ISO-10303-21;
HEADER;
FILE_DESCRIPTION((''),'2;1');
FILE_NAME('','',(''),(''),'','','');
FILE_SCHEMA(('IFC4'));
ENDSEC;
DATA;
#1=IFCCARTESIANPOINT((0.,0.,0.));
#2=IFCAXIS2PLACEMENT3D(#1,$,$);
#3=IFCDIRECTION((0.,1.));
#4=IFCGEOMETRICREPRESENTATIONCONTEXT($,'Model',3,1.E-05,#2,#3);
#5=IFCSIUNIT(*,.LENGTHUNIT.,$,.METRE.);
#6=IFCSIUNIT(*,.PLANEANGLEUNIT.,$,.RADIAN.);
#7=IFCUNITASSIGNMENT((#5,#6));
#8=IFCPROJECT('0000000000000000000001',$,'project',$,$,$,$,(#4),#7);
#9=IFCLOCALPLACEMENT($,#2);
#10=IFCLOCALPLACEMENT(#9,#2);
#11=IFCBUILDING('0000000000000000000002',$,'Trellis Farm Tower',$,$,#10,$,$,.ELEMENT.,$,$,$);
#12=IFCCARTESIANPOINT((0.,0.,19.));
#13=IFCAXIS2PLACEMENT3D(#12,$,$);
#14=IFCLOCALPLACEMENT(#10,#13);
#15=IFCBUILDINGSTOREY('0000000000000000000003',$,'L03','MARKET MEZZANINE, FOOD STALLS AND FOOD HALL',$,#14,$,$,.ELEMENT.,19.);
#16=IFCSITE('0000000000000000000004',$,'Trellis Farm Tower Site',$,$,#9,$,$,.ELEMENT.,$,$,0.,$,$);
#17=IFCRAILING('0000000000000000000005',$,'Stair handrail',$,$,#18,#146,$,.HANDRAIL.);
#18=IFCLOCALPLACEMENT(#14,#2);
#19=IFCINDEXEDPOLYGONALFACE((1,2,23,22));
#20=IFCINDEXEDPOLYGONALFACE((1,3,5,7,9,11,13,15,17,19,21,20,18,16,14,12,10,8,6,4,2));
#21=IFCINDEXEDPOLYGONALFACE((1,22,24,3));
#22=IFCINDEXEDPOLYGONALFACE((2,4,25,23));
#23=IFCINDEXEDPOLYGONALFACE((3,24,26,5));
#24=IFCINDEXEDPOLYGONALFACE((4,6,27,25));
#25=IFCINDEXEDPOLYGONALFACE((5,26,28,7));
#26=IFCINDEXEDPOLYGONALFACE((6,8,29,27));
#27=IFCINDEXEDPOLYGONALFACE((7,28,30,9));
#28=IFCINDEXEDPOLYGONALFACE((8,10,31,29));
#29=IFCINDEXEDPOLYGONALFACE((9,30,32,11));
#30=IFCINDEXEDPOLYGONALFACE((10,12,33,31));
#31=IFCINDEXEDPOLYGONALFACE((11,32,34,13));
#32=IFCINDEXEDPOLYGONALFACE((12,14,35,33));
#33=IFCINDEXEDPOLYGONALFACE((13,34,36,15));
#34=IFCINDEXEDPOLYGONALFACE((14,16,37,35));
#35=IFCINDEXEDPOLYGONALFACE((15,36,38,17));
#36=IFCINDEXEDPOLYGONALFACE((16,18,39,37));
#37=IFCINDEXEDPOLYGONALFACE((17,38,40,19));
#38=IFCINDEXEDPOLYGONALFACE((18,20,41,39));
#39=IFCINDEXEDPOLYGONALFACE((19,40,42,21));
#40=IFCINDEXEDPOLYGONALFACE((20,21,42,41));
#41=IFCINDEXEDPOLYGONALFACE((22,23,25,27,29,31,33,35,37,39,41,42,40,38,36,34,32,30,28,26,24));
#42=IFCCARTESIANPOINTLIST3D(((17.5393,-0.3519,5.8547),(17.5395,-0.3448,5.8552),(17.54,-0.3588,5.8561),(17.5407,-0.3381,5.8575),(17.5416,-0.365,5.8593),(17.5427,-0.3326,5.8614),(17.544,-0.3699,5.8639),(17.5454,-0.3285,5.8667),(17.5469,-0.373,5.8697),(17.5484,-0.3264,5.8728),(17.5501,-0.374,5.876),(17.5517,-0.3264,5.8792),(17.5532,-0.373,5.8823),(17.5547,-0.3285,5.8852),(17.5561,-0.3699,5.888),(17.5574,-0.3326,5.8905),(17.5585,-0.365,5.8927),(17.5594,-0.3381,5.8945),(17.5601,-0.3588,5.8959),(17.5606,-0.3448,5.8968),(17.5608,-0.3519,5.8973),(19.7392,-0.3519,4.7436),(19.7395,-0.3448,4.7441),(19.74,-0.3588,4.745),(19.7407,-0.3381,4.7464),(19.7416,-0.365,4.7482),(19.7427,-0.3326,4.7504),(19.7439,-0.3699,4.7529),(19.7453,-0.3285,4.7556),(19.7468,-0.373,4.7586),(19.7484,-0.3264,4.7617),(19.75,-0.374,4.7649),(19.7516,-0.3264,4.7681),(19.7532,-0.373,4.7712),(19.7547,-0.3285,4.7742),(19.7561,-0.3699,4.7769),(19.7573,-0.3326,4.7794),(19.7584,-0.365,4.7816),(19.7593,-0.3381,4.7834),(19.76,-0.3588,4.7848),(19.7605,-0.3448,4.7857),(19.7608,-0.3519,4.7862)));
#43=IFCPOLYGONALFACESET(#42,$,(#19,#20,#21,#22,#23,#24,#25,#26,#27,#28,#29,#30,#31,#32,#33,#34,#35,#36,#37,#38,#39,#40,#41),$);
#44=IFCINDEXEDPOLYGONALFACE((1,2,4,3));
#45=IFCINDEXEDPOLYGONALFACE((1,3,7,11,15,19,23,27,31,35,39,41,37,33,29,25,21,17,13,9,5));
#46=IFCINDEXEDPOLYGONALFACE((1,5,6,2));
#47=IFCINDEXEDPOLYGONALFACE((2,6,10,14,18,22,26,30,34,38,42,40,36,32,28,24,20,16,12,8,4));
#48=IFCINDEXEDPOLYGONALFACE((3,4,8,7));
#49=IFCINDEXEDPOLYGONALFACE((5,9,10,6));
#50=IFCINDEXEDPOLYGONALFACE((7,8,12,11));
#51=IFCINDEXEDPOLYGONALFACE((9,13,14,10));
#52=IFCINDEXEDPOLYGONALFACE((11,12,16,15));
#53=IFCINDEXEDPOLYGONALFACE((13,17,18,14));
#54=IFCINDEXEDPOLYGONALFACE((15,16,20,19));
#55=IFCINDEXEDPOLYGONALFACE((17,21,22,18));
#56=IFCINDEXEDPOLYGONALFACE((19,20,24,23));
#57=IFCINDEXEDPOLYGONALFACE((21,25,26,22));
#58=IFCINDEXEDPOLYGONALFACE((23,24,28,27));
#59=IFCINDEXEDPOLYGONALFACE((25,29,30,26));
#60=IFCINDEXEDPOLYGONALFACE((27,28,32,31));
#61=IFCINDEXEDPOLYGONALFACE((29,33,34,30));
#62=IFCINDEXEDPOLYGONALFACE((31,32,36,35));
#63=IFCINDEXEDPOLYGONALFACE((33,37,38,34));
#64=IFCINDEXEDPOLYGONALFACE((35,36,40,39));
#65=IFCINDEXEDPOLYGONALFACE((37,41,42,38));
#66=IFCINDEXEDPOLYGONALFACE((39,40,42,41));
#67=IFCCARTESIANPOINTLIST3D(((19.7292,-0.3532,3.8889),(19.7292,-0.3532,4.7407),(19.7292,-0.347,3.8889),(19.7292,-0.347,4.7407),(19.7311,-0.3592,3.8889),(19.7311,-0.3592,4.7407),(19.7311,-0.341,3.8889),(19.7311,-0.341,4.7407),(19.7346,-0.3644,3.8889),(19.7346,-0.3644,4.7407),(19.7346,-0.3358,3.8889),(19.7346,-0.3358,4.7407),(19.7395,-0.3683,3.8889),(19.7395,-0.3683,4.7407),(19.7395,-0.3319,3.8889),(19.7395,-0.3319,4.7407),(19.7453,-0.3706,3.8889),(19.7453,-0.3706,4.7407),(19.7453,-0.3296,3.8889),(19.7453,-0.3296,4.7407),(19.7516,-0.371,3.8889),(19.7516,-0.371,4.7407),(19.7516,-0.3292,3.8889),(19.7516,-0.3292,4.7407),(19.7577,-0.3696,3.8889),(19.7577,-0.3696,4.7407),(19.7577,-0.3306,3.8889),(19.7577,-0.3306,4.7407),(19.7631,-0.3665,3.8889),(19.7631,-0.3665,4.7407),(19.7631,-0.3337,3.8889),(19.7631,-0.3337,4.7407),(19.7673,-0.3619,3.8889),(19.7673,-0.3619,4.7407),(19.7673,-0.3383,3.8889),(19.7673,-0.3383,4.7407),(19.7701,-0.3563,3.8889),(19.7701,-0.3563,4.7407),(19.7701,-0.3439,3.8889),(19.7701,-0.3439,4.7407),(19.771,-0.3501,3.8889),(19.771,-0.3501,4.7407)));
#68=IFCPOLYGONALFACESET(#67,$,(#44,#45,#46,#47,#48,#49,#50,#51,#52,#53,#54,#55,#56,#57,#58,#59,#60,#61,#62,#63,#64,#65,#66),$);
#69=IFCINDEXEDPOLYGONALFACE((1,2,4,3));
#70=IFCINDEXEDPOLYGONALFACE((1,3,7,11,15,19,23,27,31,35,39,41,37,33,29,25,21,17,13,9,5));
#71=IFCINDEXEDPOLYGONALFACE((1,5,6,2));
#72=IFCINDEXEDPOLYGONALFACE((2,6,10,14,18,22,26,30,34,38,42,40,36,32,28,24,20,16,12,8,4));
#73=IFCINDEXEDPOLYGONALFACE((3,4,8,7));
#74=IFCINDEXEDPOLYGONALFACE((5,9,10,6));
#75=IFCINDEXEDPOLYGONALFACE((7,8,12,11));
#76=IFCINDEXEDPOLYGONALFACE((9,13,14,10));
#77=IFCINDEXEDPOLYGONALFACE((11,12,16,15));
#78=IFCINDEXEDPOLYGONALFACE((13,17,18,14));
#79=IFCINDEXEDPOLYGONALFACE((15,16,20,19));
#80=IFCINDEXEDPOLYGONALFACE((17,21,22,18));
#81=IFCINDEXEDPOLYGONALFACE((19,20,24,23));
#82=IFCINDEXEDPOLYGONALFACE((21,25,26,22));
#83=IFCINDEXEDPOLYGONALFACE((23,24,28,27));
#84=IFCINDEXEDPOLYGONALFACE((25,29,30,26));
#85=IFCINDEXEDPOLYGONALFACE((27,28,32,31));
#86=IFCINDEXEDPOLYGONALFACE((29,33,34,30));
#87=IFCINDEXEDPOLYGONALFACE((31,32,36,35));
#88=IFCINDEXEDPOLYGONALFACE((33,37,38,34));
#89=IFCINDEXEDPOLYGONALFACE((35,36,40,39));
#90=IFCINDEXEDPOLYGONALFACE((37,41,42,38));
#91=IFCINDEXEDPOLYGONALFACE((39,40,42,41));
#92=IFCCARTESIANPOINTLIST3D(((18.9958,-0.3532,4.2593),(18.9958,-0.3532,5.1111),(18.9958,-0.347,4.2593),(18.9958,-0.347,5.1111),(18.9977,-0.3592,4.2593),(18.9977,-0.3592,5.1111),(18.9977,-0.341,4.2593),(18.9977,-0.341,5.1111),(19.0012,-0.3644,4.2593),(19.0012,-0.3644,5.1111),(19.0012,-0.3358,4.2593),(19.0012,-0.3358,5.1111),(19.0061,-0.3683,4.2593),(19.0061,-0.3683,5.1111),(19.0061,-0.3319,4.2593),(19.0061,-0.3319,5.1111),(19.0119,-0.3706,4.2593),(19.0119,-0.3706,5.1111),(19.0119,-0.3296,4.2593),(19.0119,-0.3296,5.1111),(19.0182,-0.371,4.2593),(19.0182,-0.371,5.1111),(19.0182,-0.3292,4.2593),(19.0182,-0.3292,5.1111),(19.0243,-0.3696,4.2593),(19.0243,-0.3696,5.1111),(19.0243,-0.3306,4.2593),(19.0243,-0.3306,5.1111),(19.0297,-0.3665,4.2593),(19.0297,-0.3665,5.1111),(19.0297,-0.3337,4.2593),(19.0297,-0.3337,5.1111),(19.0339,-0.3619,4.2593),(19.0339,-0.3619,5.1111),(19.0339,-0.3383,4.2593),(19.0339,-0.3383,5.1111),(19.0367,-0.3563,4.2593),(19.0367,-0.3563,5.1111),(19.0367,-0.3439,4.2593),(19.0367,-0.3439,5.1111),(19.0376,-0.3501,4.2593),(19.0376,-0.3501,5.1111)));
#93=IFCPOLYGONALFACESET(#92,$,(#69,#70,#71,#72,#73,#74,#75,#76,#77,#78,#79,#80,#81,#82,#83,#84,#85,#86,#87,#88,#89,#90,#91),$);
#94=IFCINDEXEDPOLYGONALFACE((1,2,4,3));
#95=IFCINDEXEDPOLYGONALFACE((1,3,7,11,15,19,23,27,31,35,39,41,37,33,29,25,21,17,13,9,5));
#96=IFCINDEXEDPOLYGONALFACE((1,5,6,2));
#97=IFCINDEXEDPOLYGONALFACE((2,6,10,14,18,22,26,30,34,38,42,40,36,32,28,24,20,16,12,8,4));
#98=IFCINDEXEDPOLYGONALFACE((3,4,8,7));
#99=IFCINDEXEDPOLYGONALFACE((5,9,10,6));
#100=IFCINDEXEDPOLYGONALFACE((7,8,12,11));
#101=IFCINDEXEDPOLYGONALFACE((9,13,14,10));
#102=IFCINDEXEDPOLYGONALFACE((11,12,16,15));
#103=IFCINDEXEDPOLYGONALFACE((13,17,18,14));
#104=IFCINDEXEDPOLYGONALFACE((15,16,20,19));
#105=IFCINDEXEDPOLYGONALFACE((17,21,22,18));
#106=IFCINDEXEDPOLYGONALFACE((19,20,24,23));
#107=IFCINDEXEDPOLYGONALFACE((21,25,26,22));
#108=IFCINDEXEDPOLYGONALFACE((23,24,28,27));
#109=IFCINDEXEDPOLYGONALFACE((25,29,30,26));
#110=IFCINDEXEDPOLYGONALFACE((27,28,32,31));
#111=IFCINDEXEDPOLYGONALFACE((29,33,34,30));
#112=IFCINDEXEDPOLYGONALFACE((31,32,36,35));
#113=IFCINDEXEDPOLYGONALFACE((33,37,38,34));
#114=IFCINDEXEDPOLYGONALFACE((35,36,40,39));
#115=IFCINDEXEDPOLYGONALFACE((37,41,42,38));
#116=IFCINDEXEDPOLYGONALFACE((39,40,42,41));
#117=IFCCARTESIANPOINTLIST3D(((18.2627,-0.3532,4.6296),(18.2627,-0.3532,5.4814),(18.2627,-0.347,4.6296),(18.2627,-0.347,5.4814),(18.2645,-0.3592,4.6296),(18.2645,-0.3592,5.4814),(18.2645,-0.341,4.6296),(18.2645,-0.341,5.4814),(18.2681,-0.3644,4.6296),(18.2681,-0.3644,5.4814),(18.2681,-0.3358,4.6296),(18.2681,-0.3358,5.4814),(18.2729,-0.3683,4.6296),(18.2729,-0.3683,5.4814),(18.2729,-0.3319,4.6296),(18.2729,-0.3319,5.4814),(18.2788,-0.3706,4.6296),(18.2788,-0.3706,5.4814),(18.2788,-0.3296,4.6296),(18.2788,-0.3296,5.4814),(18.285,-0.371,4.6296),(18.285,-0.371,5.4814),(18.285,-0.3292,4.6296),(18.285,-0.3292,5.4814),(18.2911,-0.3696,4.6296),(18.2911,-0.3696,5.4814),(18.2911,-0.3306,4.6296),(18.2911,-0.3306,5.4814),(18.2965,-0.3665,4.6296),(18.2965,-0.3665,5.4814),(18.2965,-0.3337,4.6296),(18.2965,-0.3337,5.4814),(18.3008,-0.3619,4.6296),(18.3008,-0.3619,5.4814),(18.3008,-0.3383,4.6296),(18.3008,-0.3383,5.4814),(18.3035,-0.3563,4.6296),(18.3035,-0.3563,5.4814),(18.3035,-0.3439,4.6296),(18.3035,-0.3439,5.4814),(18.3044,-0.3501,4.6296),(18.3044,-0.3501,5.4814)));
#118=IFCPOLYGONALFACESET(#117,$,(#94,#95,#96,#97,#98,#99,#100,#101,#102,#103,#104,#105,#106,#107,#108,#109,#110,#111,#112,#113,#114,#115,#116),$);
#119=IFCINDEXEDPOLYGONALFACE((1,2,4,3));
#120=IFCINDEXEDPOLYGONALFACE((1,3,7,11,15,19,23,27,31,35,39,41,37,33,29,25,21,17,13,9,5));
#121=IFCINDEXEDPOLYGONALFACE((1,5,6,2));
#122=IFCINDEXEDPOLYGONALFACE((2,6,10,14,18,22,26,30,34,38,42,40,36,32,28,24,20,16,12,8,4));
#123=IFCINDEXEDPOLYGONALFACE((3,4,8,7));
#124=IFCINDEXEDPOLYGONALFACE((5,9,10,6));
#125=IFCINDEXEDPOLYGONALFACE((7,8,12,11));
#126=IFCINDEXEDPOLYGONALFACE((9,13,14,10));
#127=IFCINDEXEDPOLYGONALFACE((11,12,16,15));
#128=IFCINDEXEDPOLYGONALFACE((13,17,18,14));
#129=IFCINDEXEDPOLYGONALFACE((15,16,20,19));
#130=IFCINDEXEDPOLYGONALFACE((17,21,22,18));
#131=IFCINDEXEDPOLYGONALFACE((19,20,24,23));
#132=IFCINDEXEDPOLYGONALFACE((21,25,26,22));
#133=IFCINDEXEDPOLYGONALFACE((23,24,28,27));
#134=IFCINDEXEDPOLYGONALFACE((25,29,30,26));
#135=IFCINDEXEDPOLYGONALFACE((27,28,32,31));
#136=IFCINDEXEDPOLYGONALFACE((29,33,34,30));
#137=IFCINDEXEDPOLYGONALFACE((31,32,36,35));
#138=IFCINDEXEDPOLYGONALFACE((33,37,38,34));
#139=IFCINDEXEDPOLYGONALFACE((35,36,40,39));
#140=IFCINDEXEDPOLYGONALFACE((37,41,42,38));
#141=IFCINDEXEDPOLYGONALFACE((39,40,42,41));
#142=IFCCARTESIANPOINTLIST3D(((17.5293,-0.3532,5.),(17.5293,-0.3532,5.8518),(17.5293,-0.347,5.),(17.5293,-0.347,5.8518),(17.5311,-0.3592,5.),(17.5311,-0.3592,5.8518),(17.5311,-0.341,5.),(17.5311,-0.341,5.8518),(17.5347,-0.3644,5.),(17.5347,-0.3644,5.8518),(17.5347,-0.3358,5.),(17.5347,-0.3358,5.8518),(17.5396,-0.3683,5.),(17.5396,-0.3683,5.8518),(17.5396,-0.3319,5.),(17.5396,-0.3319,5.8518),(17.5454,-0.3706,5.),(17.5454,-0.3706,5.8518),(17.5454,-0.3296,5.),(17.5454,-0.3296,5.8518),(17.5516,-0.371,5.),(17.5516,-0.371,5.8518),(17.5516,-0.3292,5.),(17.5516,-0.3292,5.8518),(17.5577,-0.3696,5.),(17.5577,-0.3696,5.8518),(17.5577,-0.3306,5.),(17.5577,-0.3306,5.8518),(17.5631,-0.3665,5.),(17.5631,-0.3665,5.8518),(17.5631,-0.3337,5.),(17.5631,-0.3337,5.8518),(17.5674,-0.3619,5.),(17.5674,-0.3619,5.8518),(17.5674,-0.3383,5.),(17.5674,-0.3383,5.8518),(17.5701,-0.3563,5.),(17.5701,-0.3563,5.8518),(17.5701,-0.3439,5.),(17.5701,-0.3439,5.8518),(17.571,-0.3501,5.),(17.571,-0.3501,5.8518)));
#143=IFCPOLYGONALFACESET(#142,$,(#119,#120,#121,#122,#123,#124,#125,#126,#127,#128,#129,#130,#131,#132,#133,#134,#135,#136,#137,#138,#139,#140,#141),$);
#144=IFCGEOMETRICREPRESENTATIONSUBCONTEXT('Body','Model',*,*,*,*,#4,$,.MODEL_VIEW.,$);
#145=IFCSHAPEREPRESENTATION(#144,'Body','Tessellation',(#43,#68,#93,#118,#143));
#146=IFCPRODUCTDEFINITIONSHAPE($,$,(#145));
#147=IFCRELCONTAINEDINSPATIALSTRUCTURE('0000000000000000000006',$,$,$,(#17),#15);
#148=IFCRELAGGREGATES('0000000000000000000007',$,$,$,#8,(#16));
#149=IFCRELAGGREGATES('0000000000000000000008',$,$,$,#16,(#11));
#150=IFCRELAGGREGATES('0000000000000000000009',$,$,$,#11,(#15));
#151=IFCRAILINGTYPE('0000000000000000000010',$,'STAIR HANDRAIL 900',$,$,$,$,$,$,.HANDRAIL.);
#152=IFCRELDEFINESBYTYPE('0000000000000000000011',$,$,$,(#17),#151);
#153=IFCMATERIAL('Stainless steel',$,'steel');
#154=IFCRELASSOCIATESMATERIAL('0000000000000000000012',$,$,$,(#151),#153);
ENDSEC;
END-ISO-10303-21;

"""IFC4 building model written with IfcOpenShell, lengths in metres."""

from ifc_helpers import new_model, si_unit, direction, frame, origin, origin_2d, place, context, subcontext, project, spatial, circle, extrude, source, transform, mapped, material, type_object, element, save


model = new_model("IFC4")

# Units and contexts
model_context = context("Model", 3, precision=1e-05, world=origin(), true_north=direction((0.0, 1.0)))
body_context = subcontext(model_context, "Body", "Model", "MODEL_VIEW")
ifc_project = project(units=[si_unit("LENGTHUNIT", "METRE"), si_unit("PLANEANGLEUNIT", "RADIAN")], contexts=[model_context])

# Site, building, storey
site_placement = place(None, origin())
site = spatial("IfcSite", under=ifc_project, at=site_placement, Name="Trellis Farm Tower Site", CompositionType="ELEMENT", RefElevation=0.0)
building_placement = place(site_placement, origin())
building = spatial("IfcBuilding", under=site, at=building_placement, Name="Trellis Farm Tower", CompositionType="ELEMENT")
storey_placement = place(building_placement, frame((0.0, 0.0, 19.0)))
storey = spatial("IfcBuildingStorey", under=building, at=storey_placement, Name="L03", Description="MARKET MEZZANINE, FOOD STALLS AND FOOD HALL", CompositionType="ELEMENT", Elevation=19.0)

# Railing
ifc_material_1 = material(Name="Stainless steel", Category="steel")
railing_type = type_object("IfcRailingType", Name="STAIR HANDRAIL 900", PredefinedType="HANDRAIL", material=ifc_material_1)
shared_shape_1 = source(origin(), body_context, "Body", "SweptSolid", [
    extrude(circle(Radius=0.0239, at=origin_2d()), frame((0.0, 0.0, 0.876), z_axis=(-0.892617, 0.0, 0.450816), x_axis=(0.0, -1.0, 0.0)), (0.0, 0.0, 1.0), 2.4646),
    extrude(circle(Radius=0.021, at=origin_2d()), origin(), (0.0, 0.0, 1.0), 0.8518),
    extrude(circle(Radius=0.021, at=origin_2d()), frame((-0.7334, 0.0, 0.3704)), (0.0, 0.0, 1.0), 0.8518),
    extrude(circle(Radius=0.021, at=origin_2d()), frame((-1.4666, 0.0, 0.7407)), (0.0, 0.0, 1.0), 0.8518),
    extrude(circle(Radius=0.021, at=origin_2d()), frame((-2.2, 0.0, 1.1111)), (0.0, 0.0, 1.0), 0.8518),
])
railing_placement = place(storey_placement, frame((19.75, -0.3501, 3.8889)))
element("IfcRailing", 1, at=railing_placement, inside=storey, type_object=railing_type, Name="Stair handrail", PredefinedType="HANDRAIL", context=body_context, shape_type="MappedRepresentation", body=[
    mapped(shared_shape_1, transform((0.0, 0.0, 0.0))),
])

save(model, "model.ifc")
